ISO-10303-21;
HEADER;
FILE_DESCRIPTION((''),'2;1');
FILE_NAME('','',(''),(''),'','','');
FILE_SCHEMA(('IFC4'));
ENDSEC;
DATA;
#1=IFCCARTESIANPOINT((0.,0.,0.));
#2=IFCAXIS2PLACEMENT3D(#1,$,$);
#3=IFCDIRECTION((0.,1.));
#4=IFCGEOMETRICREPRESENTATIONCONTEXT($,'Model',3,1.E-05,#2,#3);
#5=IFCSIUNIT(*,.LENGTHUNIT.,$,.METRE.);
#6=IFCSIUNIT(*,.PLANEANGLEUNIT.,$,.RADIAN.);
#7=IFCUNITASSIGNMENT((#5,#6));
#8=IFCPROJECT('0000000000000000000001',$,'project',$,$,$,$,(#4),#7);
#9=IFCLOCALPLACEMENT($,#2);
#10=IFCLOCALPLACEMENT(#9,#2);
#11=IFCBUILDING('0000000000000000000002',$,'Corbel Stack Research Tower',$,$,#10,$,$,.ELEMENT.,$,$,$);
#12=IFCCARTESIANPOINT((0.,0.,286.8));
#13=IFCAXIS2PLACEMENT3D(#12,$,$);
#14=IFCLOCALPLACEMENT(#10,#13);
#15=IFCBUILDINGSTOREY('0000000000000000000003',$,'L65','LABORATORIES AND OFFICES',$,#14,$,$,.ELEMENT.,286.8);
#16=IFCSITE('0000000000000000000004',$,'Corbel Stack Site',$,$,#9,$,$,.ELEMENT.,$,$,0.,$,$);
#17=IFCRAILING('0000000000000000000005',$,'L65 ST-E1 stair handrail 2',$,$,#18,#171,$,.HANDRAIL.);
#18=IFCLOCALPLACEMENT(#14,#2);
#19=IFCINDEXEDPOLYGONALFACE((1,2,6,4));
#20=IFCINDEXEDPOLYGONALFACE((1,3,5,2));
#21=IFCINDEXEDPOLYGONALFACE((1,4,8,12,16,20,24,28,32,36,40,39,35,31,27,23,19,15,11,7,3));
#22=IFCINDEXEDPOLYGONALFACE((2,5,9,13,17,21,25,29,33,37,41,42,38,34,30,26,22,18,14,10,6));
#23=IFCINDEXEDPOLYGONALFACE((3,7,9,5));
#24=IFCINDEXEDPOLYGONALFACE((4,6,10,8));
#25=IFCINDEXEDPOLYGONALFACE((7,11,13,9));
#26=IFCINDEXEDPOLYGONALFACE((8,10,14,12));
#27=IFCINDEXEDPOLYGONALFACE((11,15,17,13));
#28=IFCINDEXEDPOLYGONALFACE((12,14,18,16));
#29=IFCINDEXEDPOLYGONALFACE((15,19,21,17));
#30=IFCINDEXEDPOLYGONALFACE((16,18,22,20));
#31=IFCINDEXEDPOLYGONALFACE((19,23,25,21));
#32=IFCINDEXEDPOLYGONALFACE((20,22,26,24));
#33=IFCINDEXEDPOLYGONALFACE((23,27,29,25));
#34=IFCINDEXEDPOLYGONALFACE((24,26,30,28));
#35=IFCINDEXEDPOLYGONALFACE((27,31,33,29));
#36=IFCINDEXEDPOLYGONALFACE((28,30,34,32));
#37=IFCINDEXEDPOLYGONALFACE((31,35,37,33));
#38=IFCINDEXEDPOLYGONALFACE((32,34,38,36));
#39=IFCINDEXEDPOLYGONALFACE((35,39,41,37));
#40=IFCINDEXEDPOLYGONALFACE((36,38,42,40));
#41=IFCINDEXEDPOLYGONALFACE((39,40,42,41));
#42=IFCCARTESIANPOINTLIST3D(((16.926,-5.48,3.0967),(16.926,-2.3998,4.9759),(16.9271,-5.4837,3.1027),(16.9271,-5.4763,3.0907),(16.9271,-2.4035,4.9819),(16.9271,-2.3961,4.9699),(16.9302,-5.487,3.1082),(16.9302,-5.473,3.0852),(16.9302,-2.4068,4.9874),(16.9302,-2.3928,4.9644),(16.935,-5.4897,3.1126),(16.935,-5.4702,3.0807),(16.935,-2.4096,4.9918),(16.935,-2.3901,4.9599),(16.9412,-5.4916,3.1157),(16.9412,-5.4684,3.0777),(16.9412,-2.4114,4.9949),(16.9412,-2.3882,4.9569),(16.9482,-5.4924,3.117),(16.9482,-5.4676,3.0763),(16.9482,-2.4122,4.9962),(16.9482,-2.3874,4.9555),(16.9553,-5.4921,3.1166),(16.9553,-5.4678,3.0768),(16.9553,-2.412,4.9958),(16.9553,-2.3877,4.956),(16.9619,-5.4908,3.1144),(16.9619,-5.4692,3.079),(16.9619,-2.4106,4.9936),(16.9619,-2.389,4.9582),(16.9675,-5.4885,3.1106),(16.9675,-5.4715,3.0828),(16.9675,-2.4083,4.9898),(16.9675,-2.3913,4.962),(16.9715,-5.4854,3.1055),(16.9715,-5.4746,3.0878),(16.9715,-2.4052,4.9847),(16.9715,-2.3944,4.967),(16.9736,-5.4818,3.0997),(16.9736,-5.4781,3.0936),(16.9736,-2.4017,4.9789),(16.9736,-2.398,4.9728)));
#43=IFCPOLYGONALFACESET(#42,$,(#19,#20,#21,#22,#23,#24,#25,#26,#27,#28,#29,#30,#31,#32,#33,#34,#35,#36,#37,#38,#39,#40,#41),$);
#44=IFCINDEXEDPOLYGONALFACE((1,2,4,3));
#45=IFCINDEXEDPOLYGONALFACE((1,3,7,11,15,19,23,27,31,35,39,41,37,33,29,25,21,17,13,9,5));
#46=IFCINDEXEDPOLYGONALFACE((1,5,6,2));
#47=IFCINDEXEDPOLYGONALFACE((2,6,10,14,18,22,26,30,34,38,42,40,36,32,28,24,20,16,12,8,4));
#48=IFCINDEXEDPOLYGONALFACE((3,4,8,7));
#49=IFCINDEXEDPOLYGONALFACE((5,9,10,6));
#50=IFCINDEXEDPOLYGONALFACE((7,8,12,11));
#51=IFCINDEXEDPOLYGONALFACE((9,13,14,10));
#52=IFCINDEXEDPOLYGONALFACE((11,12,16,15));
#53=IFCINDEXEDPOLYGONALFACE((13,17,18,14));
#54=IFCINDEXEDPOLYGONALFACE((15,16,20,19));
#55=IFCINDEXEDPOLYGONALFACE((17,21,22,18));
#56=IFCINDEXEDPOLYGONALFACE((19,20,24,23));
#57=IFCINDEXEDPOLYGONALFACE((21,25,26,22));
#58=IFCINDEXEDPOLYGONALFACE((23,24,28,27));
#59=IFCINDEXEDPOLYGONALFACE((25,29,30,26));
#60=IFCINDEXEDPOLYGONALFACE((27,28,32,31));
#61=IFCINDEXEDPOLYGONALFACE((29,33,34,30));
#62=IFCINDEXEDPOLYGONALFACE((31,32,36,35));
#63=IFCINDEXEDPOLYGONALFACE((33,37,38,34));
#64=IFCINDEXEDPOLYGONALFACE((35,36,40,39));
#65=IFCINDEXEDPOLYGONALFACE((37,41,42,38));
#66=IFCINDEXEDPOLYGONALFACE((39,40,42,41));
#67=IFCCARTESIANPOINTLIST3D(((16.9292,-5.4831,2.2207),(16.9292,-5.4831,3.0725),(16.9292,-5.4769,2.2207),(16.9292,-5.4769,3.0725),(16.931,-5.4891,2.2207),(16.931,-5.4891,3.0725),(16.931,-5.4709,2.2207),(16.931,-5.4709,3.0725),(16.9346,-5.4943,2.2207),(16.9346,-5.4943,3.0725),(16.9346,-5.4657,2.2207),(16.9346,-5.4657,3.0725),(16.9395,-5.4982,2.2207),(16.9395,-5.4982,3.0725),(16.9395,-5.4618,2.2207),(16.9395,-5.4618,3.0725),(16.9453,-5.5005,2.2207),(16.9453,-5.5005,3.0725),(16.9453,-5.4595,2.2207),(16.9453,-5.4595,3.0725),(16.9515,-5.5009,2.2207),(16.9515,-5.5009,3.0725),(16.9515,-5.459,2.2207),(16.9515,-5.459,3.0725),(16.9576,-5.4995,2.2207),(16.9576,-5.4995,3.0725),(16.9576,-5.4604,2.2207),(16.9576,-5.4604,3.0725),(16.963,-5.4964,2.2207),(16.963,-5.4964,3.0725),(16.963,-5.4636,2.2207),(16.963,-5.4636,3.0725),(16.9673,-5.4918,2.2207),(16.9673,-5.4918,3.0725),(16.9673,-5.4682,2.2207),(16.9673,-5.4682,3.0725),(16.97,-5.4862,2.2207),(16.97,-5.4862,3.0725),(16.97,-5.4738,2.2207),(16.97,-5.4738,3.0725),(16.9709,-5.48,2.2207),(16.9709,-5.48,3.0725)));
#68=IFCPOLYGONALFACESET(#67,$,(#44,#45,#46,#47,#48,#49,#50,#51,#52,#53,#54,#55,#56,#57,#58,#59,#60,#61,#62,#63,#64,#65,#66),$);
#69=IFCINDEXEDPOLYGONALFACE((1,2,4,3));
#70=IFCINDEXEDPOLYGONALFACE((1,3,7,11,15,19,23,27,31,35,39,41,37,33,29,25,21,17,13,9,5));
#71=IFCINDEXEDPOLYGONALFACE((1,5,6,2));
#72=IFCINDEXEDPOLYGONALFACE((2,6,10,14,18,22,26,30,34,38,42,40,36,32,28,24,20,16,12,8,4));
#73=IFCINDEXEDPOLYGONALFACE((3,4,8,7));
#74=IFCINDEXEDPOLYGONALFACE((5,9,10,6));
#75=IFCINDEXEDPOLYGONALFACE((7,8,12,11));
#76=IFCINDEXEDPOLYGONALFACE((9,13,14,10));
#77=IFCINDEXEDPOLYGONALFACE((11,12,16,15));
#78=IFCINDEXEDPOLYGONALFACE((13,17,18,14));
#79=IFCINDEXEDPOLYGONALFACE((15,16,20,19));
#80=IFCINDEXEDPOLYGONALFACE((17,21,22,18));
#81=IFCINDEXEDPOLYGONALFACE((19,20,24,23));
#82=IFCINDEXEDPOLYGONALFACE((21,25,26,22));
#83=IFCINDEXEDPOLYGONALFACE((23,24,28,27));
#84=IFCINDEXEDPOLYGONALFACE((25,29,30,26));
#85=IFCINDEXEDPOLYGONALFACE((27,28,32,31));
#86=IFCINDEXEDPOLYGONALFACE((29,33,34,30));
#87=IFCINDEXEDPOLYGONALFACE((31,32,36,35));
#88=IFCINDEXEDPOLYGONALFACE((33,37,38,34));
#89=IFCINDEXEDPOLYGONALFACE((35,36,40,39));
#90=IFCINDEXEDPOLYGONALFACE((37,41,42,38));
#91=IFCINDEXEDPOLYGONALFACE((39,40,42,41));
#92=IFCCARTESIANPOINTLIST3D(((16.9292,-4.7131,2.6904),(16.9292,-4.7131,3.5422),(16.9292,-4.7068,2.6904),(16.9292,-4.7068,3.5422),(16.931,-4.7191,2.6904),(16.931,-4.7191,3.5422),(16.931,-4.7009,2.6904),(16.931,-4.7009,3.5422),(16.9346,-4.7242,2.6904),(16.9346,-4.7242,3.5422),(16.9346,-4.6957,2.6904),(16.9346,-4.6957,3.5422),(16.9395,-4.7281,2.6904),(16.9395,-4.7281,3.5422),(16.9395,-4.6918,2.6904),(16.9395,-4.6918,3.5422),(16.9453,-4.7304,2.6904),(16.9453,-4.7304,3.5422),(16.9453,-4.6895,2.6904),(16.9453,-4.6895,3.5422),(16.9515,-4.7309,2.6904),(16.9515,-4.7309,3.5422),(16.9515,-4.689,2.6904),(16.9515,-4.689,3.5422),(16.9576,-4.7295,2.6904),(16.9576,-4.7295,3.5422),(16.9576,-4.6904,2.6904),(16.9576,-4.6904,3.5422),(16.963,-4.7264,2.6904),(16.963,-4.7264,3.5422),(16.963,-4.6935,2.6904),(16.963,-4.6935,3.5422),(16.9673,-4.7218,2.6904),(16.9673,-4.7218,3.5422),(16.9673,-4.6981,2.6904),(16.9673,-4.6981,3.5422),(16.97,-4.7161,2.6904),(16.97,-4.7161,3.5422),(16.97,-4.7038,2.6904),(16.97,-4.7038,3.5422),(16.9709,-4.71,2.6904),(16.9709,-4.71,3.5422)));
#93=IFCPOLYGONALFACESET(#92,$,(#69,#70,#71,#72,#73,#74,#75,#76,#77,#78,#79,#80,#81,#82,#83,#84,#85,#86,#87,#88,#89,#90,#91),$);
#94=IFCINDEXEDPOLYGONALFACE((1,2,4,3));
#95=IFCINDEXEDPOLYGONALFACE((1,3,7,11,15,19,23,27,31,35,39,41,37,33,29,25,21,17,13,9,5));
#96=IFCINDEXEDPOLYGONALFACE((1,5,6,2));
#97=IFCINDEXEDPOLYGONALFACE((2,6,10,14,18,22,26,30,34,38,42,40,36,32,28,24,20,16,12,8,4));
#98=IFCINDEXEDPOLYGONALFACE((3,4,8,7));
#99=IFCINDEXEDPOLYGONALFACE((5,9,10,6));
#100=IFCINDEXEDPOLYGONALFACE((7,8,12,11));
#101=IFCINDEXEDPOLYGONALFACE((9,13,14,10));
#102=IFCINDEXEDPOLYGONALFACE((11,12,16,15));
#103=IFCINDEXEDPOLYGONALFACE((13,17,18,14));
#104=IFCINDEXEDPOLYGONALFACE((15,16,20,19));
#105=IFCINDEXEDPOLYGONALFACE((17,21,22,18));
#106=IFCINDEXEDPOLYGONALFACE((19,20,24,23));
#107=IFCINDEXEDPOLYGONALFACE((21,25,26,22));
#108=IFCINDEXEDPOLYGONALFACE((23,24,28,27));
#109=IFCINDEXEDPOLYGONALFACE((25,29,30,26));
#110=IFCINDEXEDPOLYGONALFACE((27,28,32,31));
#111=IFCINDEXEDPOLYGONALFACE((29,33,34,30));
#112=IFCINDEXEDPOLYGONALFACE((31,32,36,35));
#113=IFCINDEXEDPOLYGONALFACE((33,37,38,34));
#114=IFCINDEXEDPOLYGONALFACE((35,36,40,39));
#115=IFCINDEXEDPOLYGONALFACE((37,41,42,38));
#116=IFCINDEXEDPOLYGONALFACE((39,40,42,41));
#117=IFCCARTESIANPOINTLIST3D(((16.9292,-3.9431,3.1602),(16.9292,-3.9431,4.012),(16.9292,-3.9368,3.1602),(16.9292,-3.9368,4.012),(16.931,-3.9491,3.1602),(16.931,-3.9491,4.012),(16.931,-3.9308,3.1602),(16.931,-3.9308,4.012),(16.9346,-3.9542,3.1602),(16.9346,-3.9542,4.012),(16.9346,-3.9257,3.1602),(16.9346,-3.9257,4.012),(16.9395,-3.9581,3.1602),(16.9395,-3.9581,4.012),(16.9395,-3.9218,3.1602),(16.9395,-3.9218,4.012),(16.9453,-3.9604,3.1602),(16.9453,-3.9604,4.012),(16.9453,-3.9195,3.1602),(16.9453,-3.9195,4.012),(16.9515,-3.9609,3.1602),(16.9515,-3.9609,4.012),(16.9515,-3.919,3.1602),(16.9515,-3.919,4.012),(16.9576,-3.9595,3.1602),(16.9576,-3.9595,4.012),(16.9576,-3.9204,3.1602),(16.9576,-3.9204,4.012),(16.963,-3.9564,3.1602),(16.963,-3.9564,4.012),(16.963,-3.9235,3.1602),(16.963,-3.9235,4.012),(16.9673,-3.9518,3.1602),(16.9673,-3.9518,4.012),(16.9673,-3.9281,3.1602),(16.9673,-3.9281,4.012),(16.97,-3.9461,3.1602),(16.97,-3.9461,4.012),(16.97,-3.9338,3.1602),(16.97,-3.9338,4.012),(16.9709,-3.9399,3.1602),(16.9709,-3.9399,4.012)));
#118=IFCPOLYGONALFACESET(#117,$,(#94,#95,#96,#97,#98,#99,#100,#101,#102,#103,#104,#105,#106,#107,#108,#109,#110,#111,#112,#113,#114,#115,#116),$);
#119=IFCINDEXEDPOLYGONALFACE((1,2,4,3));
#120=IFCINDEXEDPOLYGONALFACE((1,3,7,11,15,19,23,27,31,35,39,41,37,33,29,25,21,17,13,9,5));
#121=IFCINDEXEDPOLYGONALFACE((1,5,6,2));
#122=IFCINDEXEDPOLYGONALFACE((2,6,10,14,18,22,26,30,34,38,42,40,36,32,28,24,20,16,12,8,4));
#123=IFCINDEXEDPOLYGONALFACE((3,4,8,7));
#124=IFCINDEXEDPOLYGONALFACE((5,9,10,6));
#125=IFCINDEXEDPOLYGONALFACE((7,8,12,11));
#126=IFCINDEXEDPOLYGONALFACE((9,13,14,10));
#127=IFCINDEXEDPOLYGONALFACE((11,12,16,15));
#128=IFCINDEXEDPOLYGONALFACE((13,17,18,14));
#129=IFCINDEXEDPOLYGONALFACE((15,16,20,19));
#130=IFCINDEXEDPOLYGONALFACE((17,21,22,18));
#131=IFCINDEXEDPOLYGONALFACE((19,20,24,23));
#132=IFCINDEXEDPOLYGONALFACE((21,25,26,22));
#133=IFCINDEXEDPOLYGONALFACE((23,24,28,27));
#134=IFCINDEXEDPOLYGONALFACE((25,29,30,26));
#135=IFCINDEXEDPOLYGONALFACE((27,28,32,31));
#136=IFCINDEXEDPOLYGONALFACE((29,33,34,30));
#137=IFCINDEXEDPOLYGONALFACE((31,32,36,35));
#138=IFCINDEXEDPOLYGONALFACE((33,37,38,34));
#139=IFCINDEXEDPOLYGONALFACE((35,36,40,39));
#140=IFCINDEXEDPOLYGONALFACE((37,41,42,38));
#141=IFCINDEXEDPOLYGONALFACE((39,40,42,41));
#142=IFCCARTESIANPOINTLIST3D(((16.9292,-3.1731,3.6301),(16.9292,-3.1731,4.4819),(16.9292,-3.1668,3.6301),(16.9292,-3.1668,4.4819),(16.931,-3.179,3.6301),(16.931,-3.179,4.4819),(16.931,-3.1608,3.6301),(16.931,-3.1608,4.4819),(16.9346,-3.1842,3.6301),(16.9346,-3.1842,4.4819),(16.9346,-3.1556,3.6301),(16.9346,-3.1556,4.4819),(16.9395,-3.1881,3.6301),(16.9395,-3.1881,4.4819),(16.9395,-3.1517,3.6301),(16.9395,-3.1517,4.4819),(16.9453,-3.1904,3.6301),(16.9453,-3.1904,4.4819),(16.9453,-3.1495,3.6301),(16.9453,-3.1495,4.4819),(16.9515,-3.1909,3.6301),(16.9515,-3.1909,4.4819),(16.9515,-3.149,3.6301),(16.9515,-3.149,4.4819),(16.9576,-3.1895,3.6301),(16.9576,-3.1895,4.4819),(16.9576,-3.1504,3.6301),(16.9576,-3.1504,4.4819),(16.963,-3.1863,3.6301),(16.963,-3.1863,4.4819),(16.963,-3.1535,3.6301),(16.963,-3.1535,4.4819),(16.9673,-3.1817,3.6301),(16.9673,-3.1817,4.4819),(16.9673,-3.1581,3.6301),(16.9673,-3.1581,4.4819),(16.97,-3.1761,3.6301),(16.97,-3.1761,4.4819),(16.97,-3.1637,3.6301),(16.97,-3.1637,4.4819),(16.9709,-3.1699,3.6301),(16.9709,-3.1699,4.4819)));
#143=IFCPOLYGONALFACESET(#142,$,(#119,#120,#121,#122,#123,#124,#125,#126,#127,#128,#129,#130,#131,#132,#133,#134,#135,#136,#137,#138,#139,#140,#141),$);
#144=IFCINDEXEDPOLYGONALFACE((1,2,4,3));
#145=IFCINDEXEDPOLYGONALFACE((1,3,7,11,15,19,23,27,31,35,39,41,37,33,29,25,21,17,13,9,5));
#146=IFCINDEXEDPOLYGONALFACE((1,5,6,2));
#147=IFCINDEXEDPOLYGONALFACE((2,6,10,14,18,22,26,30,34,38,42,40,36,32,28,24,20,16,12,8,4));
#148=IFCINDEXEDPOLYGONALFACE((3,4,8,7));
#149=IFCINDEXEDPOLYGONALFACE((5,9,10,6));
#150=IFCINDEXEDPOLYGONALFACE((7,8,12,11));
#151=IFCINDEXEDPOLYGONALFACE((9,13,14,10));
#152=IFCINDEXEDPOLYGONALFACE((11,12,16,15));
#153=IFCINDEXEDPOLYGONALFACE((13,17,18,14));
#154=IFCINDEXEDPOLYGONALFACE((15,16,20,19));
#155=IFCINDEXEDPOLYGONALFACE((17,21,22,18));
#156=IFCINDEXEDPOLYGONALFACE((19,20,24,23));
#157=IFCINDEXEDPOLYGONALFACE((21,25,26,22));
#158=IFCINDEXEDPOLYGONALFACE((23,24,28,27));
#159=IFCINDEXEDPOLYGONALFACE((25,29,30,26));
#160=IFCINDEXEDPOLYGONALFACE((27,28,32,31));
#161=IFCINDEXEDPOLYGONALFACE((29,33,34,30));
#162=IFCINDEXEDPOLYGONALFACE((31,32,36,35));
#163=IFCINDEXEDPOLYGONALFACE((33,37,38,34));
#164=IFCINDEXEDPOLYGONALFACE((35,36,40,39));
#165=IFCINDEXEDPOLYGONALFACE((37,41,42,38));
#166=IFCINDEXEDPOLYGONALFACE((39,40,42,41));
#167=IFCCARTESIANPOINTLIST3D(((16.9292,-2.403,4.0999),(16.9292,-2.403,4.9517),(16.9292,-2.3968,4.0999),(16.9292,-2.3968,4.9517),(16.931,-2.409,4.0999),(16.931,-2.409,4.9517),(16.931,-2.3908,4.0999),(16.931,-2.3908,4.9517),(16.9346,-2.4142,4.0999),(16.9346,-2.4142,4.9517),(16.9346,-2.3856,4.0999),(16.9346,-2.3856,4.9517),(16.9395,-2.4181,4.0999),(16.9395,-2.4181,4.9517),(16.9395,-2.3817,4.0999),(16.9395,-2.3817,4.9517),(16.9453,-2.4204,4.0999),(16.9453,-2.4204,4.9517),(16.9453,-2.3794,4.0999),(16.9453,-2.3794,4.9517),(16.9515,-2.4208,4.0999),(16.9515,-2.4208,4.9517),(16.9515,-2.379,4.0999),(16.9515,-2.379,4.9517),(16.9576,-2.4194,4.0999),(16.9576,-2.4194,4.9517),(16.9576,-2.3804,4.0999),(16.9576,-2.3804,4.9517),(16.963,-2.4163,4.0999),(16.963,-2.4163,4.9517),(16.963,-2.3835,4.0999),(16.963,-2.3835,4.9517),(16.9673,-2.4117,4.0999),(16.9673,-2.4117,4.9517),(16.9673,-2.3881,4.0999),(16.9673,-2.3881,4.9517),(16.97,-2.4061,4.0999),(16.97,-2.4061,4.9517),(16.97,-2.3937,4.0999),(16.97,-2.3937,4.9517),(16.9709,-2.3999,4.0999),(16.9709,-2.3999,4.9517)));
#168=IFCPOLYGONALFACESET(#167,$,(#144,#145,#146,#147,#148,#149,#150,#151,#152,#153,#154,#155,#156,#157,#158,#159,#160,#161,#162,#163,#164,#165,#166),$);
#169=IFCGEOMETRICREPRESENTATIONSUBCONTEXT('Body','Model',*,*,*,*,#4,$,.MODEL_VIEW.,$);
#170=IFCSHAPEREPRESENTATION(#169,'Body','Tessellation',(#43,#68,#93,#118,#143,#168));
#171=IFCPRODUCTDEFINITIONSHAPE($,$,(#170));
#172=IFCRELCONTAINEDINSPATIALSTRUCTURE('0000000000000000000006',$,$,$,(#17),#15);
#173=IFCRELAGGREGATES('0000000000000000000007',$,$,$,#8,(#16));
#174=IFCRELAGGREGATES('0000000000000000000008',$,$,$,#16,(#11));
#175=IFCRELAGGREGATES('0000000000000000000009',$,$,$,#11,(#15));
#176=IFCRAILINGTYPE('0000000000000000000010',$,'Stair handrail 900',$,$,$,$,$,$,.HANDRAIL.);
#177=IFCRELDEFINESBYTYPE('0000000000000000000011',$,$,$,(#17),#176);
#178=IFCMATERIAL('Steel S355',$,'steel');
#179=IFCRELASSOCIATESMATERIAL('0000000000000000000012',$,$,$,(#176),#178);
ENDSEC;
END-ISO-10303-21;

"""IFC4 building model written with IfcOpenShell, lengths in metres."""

from ifc_helpers import new_model, si_unit, direction, frame, origin, origin_2d, place, context, subcontext, project, spatial, circle, extrude, material, type_object, element, save


model = new_model("IFC4")

# Units and contexts
model_context = context("Model", 3, precision=1e-05, world=origin(), true_north=direction((0.0, 1.0)))
body_context = subcontext(model_context, "Body", "Model", "MODEL_VIEW")
ifc_project = project(units=[si_unit("LENGTHUNIT", "METRE"), si_unit("PLANEANGLEUNIT", "RADIAN")], contexts=[model_context])

# Site, building, storey
site_placement = place(None, origin())
site = spatial("IfcSite", under=ifc_project, at=site_placement, Name="Corbel Stack Site", CompositionType="ELEMENT", RefElevation=0.0)
building_placement = place(site_placement, origin())
building = spatial("IfcBuilding", under=site, at=building_placement, Name="Corbel Stack Research Tower", CompositionType="ELEMENT")
storey_placement = place(building_placement, frame((0.0, 0.0, 286.8)))
storey = spatial("IfcBuildingStorey", under=building, at=storey_placement, Name="L65", Description="LABORATORIES AND OFFICES", CompositionType="ELEMENT", Elevation=286.8)

# Railing
ifc_material_1 = material(Name="Steel S355", Category="steel")
railing_type_1 = type_object("IfcRailingType", Name="Stair handrail 900", PredefinedType="HANDRAIL", material=ifc_material_1)
railing_1_placement = place(storey_placement, frame((16.95, -5.48, 2.2207)))
element("IfcRailing", 1, at=railing_1_placement, inside=storey, type_object=railing_type_1, Name="L65 ST-E1 stair handrail 2", PredefinedType="HANDRAIL", context=body_context, shape_type="SweptSolid", body=[
    extrude(circle(Radius=0.0239, at=origin_2d()), frame((0.0, 0.0, 0.876), z_axis=(0.0, 0.853666, 0.52082), x_axis=(-1.0, 0.0, 0.0)), (0.0, 0.0, 1.0), 3.6082),
    extrude(circle(Radius=0.021, at=origin_2d()), origin(), (0.0, 0.0, 1.0), 0.8518),
    extrude(circle(Radius=0.021, at=origin_2d()), frame((0.0, 0.77, 0.4697)), (0.0, 0.0, 1.0), 0.8518),
    extrude(circle(Radius=0.021, at=origin_2d()), frame((0.0, 1.54, 0.9395)), (0.0, 0.0, 1.0), 0.8518),
    extrude(circle(Radius=0.021, at=origin_2d()), frame((0.0, 2.3101, 1.4094)), (0.0, 0.0, 1.0), 0.8518),
    extrude(circle(Radius=0.021, at=origin_2d()), frame((0.0, 3.0801, 1.8792)), (0.0, 0.0, 1.0), 0.8518),
])

save(model, "model.ifc")
